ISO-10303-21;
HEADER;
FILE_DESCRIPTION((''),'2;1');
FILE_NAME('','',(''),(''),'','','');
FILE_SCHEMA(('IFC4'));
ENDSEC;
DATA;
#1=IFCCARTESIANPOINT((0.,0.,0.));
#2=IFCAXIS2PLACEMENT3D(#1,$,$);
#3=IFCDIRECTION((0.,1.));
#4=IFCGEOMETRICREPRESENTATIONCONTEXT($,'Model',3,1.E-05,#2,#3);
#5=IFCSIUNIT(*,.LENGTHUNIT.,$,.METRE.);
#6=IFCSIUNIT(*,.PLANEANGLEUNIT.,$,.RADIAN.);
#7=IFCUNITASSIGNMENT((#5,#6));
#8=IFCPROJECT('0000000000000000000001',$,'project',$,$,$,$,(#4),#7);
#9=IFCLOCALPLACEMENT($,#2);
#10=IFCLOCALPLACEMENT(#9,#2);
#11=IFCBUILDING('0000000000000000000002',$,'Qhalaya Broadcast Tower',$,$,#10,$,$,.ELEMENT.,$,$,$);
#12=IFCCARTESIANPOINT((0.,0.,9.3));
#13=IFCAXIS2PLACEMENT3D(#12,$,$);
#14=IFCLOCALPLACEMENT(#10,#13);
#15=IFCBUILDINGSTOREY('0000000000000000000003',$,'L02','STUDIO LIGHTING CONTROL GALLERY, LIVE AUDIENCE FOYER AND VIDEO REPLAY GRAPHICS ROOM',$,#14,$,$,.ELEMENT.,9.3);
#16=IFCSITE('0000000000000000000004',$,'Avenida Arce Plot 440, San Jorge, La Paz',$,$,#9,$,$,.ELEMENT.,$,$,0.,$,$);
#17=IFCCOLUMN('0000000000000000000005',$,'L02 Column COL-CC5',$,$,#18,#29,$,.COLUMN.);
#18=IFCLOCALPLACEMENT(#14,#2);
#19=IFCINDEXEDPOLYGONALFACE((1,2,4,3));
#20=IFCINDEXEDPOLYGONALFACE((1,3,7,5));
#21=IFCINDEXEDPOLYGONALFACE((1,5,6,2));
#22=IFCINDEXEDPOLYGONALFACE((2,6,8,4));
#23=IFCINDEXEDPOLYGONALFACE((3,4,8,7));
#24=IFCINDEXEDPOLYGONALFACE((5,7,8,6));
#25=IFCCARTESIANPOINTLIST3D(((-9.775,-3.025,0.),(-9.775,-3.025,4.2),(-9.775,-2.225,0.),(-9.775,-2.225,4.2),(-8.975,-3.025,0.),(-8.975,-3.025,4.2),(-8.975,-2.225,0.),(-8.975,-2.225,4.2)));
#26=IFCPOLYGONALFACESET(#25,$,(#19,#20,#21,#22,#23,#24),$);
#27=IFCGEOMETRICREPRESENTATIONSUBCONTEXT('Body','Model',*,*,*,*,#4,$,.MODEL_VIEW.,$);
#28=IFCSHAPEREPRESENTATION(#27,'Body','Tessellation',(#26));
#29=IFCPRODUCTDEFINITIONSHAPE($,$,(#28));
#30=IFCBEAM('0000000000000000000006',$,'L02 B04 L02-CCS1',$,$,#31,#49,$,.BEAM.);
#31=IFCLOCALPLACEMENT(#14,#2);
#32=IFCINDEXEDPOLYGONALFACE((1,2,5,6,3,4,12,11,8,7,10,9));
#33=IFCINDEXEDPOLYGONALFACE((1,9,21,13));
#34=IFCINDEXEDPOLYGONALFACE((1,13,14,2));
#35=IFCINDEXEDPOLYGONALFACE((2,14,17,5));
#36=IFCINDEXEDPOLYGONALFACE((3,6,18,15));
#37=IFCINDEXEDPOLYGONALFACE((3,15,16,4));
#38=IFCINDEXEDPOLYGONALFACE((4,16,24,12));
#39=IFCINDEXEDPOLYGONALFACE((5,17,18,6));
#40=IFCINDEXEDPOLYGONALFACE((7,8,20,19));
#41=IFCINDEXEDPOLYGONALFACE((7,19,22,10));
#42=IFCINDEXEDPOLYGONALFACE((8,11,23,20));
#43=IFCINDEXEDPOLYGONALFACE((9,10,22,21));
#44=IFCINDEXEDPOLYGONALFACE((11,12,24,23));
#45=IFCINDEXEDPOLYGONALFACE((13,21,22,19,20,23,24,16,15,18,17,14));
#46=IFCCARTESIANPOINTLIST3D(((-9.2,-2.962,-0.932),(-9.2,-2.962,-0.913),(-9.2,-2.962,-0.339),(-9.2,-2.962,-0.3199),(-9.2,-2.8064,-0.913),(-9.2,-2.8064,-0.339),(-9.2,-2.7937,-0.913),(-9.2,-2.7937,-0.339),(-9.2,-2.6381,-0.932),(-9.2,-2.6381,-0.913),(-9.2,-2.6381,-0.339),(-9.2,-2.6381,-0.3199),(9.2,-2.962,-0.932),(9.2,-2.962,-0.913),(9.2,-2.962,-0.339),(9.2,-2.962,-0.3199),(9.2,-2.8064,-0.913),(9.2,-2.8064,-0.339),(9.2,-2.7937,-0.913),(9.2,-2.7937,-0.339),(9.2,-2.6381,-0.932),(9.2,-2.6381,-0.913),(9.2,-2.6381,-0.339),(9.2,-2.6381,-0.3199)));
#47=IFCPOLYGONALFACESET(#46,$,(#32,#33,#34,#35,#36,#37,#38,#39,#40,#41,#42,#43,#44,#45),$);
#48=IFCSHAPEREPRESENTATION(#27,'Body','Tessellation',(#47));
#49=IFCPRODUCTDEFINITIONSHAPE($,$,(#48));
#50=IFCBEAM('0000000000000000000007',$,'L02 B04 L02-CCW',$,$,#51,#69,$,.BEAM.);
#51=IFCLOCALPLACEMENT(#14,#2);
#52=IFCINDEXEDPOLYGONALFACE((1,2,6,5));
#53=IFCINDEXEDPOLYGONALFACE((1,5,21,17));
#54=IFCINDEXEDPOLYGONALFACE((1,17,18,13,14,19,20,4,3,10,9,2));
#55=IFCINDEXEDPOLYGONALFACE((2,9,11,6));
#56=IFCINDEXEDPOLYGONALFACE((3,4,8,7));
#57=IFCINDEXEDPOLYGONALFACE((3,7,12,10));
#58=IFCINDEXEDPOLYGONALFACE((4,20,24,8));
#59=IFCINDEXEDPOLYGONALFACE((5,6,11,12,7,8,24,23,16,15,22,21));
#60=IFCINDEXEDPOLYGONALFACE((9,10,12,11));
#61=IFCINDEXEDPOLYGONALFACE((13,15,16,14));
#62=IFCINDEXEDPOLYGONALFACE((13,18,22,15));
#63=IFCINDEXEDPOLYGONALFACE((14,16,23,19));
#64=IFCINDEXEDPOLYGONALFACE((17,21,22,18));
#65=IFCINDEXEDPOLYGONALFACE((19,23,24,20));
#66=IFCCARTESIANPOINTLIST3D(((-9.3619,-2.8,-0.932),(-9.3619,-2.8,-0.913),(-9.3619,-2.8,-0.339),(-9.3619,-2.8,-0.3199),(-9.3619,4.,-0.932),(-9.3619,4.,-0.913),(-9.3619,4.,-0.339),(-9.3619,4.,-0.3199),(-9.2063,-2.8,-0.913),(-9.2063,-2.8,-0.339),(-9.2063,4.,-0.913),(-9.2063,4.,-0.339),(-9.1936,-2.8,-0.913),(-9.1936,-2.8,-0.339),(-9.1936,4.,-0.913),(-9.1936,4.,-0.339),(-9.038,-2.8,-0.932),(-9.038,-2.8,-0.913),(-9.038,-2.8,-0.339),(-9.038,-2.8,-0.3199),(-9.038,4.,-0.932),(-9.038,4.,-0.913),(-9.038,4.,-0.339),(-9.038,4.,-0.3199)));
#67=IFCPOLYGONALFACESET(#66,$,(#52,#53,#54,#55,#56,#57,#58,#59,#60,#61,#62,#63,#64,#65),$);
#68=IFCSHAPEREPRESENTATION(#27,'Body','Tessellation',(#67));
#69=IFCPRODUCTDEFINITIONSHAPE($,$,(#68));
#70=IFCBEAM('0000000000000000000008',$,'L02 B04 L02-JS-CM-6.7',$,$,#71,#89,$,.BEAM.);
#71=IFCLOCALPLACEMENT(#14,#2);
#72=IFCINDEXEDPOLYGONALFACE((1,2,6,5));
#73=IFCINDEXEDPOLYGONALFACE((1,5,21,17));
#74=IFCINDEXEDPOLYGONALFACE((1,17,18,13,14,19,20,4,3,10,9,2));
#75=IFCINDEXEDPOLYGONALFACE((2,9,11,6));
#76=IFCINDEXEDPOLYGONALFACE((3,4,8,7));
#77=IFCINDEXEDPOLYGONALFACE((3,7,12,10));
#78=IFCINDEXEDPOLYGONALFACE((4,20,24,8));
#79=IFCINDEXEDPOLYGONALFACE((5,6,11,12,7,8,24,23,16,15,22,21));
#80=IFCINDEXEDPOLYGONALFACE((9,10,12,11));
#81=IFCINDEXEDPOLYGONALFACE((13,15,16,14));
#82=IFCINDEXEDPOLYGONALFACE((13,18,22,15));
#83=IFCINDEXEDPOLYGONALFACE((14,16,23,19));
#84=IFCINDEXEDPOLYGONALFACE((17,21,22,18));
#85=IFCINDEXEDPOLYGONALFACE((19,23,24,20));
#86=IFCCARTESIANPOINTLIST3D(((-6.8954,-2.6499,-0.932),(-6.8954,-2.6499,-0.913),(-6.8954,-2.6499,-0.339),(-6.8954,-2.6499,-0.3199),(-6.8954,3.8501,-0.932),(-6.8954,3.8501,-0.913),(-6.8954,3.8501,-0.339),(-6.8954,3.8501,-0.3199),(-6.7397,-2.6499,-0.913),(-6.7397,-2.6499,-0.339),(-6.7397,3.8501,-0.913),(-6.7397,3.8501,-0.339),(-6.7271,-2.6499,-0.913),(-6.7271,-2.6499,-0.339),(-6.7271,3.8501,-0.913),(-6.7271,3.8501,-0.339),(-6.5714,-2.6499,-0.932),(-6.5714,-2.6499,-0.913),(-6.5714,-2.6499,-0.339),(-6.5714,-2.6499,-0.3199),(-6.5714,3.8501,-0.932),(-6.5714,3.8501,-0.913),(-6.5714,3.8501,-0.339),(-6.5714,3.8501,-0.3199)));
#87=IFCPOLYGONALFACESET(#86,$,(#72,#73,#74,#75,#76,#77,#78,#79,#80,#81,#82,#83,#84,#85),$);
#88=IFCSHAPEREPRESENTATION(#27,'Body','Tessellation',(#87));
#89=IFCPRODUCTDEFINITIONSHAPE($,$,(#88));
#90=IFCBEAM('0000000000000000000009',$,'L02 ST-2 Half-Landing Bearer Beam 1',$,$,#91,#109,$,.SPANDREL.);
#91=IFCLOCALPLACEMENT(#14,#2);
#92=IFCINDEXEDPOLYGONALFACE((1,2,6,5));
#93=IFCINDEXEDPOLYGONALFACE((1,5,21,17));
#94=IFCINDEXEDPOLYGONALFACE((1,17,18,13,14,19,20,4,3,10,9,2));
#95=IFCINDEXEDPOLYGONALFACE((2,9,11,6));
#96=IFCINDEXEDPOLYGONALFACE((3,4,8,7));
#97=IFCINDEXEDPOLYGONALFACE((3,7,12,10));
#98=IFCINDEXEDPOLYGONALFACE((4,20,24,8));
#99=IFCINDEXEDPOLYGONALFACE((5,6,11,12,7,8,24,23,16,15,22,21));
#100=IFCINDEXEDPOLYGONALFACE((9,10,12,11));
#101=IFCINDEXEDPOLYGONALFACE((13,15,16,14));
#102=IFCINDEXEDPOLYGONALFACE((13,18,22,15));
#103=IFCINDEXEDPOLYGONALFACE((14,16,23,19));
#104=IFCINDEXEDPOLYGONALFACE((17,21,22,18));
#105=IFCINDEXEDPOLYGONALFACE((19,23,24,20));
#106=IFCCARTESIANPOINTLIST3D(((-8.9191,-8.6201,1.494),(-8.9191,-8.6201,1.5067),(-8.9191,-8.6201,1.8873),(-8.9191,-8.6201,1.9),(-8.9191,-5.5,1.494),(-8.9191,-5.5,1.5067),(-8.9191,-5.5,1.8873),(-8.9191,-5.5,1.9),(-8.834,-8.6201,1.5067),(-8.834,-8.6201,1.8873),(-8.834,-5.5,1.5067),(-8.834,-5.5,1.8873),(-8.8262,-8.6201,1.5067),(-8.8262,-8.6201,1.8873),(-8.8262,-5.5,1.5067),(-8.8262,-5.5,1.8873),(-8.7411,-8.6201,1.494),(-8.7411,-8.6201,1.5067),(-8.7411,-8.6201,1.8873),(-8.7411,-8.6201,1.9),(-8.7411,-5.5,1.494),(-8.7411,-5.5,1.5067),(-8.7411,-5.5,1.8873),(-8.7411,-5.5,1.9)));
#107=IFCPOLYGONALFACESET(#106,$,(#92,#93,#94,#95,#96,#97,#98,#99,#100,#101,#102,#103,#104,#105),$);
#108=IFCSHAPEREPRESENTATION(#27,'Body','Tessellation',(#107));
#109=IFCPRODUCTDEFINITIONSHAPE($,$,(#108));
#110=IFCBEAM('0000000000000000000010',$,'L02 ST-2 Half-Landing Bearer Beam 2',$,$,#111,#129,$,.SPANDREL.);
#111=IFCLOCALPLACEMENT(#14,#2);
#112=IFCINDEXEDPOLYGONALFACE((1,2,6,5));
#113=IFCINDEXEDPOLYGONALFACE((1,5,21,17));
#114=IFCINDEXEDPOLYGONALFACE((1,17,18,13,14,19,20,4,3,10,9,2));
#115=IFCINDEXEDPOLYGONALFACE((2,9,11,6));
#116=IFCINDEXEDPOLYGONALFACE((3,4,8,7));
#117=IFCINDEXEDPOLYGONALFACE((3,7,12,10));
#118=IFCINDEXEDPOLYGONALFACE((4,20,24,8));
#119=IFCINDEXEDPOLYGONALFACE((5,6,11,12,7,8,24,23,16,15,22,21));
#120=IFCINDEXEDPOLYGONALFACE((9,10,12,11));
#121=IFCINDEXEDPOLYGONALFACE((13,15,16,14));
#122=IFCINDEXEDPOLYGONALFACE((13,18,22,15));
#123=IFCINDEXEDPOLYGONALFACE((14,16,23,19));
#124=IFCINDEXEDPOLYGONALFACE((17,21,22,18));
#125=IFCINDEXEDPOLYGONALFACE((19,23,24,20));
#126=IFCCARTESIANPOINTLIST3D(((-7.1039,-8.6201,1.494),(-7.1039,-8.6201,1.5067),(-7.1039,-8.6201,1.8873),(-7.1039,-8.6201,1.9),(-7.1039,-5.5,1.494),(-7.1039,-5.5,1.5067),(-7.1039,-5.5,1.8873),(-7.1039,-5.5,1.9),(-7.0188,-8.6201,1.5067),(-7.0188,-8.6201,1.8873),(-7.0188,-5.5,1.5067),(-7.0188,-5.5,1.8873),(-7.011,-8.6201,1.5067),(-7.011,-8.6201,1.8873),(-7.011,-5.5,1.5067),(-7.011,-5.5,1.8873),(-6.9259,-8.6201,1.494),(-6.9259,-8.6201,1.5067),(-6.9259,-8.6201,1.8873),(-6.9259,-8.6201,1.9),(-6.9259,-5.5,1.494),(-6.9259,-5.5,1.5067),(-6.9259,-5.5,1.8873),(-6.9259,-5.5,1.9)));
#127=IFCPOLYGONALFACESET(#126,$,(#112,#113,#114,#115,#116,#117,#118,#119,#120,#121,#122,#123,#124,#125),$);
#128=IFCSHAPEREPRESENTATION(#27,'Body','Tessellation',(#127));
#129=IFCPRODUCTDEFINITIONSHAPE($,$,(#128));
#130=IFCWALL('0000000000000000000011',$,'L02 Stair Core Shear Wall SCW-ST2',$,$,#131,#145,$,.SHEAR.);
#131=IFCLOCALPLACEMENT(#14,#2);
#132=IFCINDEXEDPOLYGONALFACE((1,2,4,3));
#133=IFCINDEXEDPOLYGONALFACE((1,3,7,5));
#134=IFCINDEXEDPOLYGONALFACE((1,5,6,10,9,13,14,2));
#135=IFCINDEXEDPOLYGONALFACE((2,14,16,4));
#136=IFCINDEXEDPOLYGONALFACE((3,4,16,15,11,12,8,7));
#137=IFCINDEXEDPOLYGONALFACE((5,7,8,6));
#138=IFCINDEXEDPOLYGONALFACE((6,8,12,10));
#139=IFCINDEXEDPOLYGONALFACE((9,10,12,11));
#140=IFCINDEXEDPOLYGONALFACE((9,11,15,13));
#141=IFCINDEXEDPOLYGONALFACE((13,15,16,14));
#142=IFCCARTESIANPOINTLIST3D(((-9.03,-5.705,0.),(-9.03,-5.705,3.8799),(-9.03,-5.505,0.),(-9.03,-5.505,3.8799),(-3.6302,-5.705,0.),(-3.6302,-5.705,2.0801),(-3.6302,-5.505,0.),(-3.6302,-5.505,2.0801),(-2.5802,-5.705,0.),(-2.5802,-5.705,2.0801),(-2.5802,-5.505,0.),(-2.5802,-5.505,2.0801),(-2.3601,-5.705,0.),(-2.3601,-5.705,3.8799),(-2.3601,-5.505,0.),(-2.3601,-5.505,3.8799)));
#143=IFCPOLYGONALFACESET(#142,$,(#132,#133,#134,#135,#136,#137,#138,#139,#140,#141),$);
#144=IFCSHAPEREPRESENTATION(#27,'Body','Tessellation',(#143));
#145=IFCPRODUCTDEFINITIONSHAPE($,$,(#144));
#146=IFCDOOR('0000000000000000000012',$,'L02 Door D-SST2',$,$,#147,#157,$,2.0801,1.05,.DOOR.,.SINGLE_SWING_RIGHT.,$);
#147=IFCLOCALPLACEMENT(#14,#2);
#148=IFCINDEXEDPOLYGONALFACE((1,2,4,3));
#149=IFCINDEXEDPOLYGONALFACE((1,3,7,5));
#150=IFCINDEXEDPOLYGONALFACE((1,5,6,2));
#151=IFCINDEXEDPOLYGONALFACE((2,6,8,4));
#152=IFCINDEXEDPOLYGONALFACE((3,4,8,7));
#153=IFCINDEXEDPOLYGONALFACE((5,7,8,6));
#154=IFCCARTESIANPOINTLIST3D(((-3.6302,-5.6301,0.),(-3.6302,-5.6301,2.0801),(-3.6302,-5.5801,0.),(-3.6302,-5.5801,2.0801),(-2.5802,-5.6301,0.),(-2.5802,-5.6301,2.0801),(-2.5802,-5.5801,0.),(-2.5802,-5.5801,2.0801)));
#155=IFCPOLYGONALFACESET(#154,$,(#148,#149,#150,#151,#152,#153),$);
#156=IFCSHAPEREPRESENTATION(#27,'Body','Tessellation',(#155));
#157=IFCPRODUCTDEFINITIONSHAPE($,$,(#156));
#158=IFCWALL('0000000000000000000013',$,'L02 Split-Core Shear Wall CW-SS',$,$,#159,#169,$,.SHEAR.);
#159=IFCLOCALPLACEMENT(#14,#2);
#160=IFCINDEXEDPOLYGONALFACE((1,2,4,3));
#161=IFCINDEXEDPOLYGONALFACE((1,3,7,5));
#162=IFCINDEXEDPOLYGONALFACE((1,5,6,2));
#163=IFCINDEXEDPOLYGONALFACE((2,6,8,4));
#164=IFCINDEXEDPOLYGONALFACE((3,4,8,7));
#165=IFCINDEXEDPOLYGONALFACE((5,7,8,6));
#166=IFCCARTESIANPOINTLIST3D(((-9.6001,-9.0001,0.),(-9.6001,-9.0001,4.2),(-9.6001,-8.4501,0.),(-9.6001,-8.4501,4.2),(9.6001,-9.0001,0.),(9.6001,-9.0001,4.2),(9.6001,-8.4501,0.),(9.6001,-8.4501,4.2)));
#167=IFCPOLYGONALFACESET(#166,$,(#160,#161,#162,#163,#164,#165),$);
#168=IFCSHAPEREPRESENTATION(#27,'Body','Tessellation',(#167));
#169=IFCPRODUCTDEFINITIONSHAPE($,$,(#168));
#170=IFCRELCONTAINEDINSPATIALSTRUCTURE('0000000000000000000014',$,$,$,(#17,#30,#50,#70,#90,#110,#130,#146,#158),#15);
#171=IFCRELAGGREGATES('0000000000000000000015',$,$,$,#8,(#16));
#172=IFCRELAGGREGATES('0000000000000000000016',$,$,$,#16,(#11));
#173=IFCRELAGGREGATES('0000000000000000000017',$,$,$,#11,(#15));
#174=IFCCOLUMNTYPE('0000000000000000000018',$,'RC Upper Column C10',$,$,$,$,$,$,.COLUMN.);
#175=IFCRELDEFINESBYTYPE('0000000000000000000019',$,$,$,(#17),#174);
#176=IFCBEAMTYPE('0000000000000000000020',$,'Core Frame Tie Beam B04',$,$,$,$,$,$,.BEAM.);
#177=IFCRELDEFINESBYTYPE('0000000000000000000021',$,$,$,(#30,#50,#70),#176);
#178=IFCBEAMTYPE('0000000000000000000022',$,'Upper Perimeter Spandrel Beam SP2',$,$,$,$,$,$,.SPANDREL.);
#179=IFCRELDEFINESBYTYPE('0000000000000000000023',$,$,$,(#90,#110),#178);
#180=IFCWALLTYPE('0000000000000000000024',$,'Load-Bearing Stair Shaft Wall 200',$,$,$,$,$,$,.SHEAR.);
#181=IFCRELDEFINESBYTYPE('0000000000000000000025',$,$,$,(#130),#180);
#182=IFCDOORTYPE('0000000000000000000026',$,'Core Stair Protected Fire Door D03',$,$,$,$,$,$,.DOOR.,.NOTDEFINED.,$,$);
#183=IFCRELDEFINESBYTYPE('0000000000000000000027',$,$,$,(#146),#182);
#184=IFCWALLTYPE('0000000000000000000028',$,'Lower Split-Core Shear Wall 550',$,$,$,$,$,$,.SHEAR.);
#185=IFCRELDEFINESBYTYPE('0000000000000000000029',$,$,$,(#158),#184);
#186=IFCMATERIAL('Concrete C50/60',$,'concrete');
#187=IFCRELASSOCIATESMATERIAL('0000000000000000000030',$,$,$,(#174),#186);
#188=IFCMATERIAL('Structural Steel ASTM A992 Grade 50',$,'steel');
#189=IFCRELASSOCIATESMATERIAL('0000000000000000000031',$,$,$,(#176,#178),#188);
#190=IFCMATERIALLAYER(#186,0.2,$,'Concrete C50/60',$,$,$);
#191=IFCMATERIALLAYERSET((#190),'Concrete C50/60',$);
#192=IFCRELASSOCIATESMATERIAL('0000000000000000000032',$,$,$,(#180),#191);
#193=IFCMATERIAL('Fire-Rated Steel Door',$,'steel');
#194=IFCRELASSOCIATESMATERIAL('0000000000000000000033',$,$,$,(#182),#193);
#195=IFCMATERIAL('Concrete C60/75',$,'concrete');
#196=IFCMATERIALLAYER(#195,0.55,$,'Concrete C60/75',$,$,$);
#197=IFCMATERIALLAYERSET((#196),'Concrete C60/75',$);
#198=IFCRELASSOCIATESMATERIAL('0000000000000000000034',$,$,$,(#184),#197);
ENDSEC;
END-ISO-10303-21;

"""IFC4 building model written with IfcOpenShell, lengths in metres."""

from ifc_helpers import new_model, si_unit, direction, frame, frame_2d, origin, origin_2d, place, context, subcontext, project, spatial, rectangle, i_section, extrude, material, layer, layer_set, material_profile, profile_set, type_object, element, fill, save


model = new_model("IFC4")

# Units and contexts
model_context = context("Model", 3, precision=1e-05, world=origin(), true_north=direction((0.0, 1.0)))
body_context = subcontext(model_context, "Body", "Model", "MODEL_VIEW")
ifc_project = project(units=[si_unit("LENGTHUNIT", "METRE"), si_unit("PLANEANGLEUNIT", "RADIAN")], contexts=[model_context])

# Site, building, storey
site_placement = place(None, origin())
site = spatial("IfcSite", under=ifc_project, at=site_placement, Name="Avenida Arce Plot 440, San Jorge, La Paz", CompositionType="ELEMENT", RefElevation=0.0)
building_placement = place(site_placement, origin())
building = spatial("IfcBuilding", under=site, at=building_placement, Name="Qhalaya Broadcast Tower", CompositionType="ELEMENT")
storey_placement = place(building_placement, frame((0.0, 0.0, 9.3)))
storey = spatial("IfcBuildingStorey", under=building, at=storey_placement, Name="L02", Description="STUDIO LIGHTING CONTROL GALLERY, LIVE AUDIENCE FOYER AND VIDEO REPLAY GRAPHICS ROOM", CompositionType="ELEMENT", Elevation=9.3)

# Column
ifc_material_1 = material(Name="Concrete C50/60", Category="concrete")
ifc_material_profile_1 = material_profile(ifc_material_1, rectangle(XDim=0.8, YDim=0.8, at=origin_2d()), Name="RC-COL 800x800")
ifc_profile_set_1 = profile_set([ifc_material_profile_1], Name="Concrete C50/60")
column_type = type_object("IfcColumnType", Name="RC Upper Column C10", PredefinedType="COLUMN", material=ifc_profile_set_1)
column_placement = place(storey_placement, frame((-9.375, -2.625, 0.0), z_axis=(0.0, 0.0, 1.0), x_axis=(1.0, 0.0, 0.0)))
element("IfcColumn", 1, at=column_placement, inside=storey, type_object=column_type, Name="L02 Column COL-CC5", PredefinedType="COLUMN", context=body_context, shape_type="SweptSolid", body=[
    extrude(rectangle(XDim=0.8, YDim=0.8, at=origin_2d()), origin(), (0.0, 0.0, 1.0), 4.2),
])

# Beams
ifc_material_2 = material(Name="Structural Steel ASTM A992 Grade 50", Category="steel")
ifc_material_profile_2 = material_profile(ifc_material_2, i_section(OverallWidth=0.324, OverallDepth=0.6121, WebThickness=0.0127, FlangeThickness=0.019, at=origin_2d()), Name="W24X104")
ifc_profile_set_2 = profile_set([ifc_material_profile_2], Name="Structural Steel ASTM A992 Grade 50")
beam_type_1 = type_object("IfcBeamType", Name="Core Frame Tie Beam B04", PredefinedType="BEAM", material=ifc_profile_set_2)
beam_1_placement = place(storey_placement, frame((-9.2, -2.8, -0.626), z_axis=(1.0, 0.0, 0.0), x_axis=(0.0, 1.0, 0.0)))
element("IfcBeam", 2, at=beam_1_placement, inside=storey, type_object=beam_type_1, Name="L02 B04 L02-CCS1", PredefinedType="BEAM", context=body_context, shape_type="SweptSolid", body=[
    extrude(i_section(OverallWidth=0.324, OverallDepth=0.6121, WebThickness=0.0127, FlangeThickness=0.019, at=origin_2d()), origin(), (0.0, 0.0, 1.0), 18.3999),
])
beam_2_placement = place(storey_placement, frame((-9.2, -2.8, -0.626), z_axis=(0.0, 1.0, 0.0), x_axis=(-1.0, 0.0, 0.0)))
element("IfcBeam", 3, at=beam_2_placement, inside=storey, type_object=beam_type_1, Name="L02 B04 L02-CCW", PredefinedType="BEAM", context=body_context, shape_type="SweptSolid", body=[
    extrude(i_section(OverallWidth=0.324, OverallDepth=0.6121, WebThickness=0.0127, FlangeThickness=0.019, at=origin_2d()), origin(), (0.0, 0.0, 1.0), 6.8),
])
beam_3_placement = place(storey_placement, frame((-6.7334, -2.6499, -0.626), z_axis=(0.0, 1.0, 0.0), x_axis=(-1.0, 0.0, 0.0)))
element("IfcBeam", 4, at=beam_3_placement, inside=storey, type_object=beam_type_1, Name="L02 B04 L02-JS-CM-6.7", PredefinedType="BEAM", context=body_context, shape_type="SweptSolid", body=[
    extrude(i_section(OverallWidth=0.324, OverallDepth=0.6121, WebThickness=0.0127, FlangeThickness=0.019, at=origin_2d()), origin(), (0.0, 0.0, 1.0), 6.5),
])
ifc_material_profile_3 = material_profile(ifc_material_2, i_section(OverallWidth=0.178, OverallDepth=0.406, WebThickness=0.0078, FlangeThickness=0.0127, at=origin_2d()), Name="W16X40")
ifc_profile_set_3 = profile_set([ifc_material_profile_3], Name="Structural Steel ASTM A992 Grade 50")
beam_type_2 = type_object("IfcBeamType", Name="Upper Perimeter Spandrel Beam SP2", PredefinedType="SPANDREL", material=ifc_profile_set_3)
for number, where, z_axis, x_axis, name in (
    (5, (-8.8301, -8.6201, 1.697), (0.0, 1.0, 0.0), (-1.0, 0.0, 0.0), "L02 ST-2 Half-Landing Bearer Beam 1"),
    (6, (-7.0149, -8.6201, 1.697), (0.0, 1.0, 0.0), (-1.0, 0.0, 0.0), "L02 ST-2 Half-Landing Bearer Beam 2"),
):
    element("IfcBeam", number, at=place(storey_placement, frame(where, z_axis=z_axis, x_axis=x_axis)), inside=storey, type_object=beam_type_2, Name=name, PredefinedType="SPANDREL", context=body_context, shape_type="SweptSolid", body=[
        extrude(i_section(OverallWidth=0.178, OverallDepth=0.406, WebThickness=0.0078, FlangeThickness=0.0127, at=origin_2d()), origin(), (0.0, 0.0, 1.0), 3.1201),
    ])

# Wall, opening, door
ifc_layer_1 = layer(ifc_material_1, 0.2, Name="Concrete C50/60")
ifc_layer_set_1 = layer_set([ifc_layer_1], Name="Concrete C50/60")
wall_type_1 = type_object("IfcWallType", Name="Load-Bearing Stair Shaft Wall 200", PredefinedType="SHEAR", material=ifc_layer_set_1)
wall_1_placement = place(storey_placement, frame((-9.03, -5.605, 0.0), z_axis=(0.0, 0.0, 1.0), x_axis=(1.0, 0.0, 0.0)))
wall_1 = element("IfcWall", 7, at=wall_1_placement, inside=storey, type_object=wall_type_1, Name="L02 Stair Core Shear Wall SCW-ST2", PredefinedType="SHEAR", context=body_context, shape_type="SweptSolid", body=[
    extrude(rectangle(XDim=6.6699, YDim=0.2, at=frame_2d((3.335, 0.0))), origin(), (0.0, 0.0, 1.0), 3.8799),
])
opening_1_placement = place(wall_1_placement, frame((5.3999, 0.0, 0.0)))
opening_1 = element("IfcOpeningElement", 8, at=opening_1_placement, cuts=wall_1, PredefinedType="OPENING", context=body_context, shape_type="SweptSolid", body=[
    extrude(rectangle(XDim=1.05, YDim=2.0801, at=frame_2d((0.5249, 1.04))), frame((0.0, 0.1121, 0.0), z_axis=(0.0, -1.0, 0.0), x_axis=(1.0, 0.0, 0.0)), (0.0, 0.0, 1.0), 0.2239),
])
ifc_material_3 = material(Name="Fire-Rated Steel Door", Category="steel")
door_type_1 = type_object("IfcDoorType", Name="Core Stair Protected Fire Door D03", OperationType="NOTDEFINED", PredefinedType="DOOR", material=ifc_material_3)
door_1_placement = place(opening_1_placement, origin())
door_1 = element("IfcDoor", 9, at=door_1_placement, inside=storey, type_object=door_type_1, Name="L02 Door D-SST2", OperationType="SINGLE_SWING_RIGHT", OverallHeight=2.0801, OverallWidth=1.05, PredefinedType="DOOR", context=body_context, shape_type="SweptSolid", body=[
    extrude(rectangle(XDim=1.05, YDim=2.0801, at=frame_2d((0.5249, 1.04))), frame((0.0, 0.0249, 0.0), z_axis=(0.0, -1.0, 0.0), x_axis=(1.0, 0.0, 0.0)), (0.0, 0.0, 1.0), 0.05),
])
fill(opening_1, door_1)

# Wall
ifc_material_4 = material(Name="Concrete C60/75", Category="concrete")
ifc_layer_2 = layer(ifc_material_4, 0.55, Name="Concrete C60/75")
ifc_layer_set_2 = layer_set([ifc_layer_2], Name="Concrete C60/75")
wall_type_2 = type_object("IfcWallType", Name="Lower Split-Core Shear Wall 550", PredefinedType="SHEAR", material=ifc_layer_set_2)
wall_2_placement = place(storey_placement, frame((-9.6001, -8.7251, 0.0), z_axis=(0.0, 0.0, 1.0), x_axis=(1.0, 0.0, 0.0)))
element("IfcWall", 10, at=wall_2_placement, inside=storey, type_object=wall_type_2, Name="L02 Split-Core Shear Wall CW-SS", PredefinedType="SHEAR", context=body_context, shape_type="SweptSolid", body=[
    extrude(rectangle(XDim=19.2002, YDim=0.55, at=frame_2d((9.6001, 0.0))), origin(), (0.0, 0.0, 1.0), 4.2),
])

save(model, "model.ifc")
